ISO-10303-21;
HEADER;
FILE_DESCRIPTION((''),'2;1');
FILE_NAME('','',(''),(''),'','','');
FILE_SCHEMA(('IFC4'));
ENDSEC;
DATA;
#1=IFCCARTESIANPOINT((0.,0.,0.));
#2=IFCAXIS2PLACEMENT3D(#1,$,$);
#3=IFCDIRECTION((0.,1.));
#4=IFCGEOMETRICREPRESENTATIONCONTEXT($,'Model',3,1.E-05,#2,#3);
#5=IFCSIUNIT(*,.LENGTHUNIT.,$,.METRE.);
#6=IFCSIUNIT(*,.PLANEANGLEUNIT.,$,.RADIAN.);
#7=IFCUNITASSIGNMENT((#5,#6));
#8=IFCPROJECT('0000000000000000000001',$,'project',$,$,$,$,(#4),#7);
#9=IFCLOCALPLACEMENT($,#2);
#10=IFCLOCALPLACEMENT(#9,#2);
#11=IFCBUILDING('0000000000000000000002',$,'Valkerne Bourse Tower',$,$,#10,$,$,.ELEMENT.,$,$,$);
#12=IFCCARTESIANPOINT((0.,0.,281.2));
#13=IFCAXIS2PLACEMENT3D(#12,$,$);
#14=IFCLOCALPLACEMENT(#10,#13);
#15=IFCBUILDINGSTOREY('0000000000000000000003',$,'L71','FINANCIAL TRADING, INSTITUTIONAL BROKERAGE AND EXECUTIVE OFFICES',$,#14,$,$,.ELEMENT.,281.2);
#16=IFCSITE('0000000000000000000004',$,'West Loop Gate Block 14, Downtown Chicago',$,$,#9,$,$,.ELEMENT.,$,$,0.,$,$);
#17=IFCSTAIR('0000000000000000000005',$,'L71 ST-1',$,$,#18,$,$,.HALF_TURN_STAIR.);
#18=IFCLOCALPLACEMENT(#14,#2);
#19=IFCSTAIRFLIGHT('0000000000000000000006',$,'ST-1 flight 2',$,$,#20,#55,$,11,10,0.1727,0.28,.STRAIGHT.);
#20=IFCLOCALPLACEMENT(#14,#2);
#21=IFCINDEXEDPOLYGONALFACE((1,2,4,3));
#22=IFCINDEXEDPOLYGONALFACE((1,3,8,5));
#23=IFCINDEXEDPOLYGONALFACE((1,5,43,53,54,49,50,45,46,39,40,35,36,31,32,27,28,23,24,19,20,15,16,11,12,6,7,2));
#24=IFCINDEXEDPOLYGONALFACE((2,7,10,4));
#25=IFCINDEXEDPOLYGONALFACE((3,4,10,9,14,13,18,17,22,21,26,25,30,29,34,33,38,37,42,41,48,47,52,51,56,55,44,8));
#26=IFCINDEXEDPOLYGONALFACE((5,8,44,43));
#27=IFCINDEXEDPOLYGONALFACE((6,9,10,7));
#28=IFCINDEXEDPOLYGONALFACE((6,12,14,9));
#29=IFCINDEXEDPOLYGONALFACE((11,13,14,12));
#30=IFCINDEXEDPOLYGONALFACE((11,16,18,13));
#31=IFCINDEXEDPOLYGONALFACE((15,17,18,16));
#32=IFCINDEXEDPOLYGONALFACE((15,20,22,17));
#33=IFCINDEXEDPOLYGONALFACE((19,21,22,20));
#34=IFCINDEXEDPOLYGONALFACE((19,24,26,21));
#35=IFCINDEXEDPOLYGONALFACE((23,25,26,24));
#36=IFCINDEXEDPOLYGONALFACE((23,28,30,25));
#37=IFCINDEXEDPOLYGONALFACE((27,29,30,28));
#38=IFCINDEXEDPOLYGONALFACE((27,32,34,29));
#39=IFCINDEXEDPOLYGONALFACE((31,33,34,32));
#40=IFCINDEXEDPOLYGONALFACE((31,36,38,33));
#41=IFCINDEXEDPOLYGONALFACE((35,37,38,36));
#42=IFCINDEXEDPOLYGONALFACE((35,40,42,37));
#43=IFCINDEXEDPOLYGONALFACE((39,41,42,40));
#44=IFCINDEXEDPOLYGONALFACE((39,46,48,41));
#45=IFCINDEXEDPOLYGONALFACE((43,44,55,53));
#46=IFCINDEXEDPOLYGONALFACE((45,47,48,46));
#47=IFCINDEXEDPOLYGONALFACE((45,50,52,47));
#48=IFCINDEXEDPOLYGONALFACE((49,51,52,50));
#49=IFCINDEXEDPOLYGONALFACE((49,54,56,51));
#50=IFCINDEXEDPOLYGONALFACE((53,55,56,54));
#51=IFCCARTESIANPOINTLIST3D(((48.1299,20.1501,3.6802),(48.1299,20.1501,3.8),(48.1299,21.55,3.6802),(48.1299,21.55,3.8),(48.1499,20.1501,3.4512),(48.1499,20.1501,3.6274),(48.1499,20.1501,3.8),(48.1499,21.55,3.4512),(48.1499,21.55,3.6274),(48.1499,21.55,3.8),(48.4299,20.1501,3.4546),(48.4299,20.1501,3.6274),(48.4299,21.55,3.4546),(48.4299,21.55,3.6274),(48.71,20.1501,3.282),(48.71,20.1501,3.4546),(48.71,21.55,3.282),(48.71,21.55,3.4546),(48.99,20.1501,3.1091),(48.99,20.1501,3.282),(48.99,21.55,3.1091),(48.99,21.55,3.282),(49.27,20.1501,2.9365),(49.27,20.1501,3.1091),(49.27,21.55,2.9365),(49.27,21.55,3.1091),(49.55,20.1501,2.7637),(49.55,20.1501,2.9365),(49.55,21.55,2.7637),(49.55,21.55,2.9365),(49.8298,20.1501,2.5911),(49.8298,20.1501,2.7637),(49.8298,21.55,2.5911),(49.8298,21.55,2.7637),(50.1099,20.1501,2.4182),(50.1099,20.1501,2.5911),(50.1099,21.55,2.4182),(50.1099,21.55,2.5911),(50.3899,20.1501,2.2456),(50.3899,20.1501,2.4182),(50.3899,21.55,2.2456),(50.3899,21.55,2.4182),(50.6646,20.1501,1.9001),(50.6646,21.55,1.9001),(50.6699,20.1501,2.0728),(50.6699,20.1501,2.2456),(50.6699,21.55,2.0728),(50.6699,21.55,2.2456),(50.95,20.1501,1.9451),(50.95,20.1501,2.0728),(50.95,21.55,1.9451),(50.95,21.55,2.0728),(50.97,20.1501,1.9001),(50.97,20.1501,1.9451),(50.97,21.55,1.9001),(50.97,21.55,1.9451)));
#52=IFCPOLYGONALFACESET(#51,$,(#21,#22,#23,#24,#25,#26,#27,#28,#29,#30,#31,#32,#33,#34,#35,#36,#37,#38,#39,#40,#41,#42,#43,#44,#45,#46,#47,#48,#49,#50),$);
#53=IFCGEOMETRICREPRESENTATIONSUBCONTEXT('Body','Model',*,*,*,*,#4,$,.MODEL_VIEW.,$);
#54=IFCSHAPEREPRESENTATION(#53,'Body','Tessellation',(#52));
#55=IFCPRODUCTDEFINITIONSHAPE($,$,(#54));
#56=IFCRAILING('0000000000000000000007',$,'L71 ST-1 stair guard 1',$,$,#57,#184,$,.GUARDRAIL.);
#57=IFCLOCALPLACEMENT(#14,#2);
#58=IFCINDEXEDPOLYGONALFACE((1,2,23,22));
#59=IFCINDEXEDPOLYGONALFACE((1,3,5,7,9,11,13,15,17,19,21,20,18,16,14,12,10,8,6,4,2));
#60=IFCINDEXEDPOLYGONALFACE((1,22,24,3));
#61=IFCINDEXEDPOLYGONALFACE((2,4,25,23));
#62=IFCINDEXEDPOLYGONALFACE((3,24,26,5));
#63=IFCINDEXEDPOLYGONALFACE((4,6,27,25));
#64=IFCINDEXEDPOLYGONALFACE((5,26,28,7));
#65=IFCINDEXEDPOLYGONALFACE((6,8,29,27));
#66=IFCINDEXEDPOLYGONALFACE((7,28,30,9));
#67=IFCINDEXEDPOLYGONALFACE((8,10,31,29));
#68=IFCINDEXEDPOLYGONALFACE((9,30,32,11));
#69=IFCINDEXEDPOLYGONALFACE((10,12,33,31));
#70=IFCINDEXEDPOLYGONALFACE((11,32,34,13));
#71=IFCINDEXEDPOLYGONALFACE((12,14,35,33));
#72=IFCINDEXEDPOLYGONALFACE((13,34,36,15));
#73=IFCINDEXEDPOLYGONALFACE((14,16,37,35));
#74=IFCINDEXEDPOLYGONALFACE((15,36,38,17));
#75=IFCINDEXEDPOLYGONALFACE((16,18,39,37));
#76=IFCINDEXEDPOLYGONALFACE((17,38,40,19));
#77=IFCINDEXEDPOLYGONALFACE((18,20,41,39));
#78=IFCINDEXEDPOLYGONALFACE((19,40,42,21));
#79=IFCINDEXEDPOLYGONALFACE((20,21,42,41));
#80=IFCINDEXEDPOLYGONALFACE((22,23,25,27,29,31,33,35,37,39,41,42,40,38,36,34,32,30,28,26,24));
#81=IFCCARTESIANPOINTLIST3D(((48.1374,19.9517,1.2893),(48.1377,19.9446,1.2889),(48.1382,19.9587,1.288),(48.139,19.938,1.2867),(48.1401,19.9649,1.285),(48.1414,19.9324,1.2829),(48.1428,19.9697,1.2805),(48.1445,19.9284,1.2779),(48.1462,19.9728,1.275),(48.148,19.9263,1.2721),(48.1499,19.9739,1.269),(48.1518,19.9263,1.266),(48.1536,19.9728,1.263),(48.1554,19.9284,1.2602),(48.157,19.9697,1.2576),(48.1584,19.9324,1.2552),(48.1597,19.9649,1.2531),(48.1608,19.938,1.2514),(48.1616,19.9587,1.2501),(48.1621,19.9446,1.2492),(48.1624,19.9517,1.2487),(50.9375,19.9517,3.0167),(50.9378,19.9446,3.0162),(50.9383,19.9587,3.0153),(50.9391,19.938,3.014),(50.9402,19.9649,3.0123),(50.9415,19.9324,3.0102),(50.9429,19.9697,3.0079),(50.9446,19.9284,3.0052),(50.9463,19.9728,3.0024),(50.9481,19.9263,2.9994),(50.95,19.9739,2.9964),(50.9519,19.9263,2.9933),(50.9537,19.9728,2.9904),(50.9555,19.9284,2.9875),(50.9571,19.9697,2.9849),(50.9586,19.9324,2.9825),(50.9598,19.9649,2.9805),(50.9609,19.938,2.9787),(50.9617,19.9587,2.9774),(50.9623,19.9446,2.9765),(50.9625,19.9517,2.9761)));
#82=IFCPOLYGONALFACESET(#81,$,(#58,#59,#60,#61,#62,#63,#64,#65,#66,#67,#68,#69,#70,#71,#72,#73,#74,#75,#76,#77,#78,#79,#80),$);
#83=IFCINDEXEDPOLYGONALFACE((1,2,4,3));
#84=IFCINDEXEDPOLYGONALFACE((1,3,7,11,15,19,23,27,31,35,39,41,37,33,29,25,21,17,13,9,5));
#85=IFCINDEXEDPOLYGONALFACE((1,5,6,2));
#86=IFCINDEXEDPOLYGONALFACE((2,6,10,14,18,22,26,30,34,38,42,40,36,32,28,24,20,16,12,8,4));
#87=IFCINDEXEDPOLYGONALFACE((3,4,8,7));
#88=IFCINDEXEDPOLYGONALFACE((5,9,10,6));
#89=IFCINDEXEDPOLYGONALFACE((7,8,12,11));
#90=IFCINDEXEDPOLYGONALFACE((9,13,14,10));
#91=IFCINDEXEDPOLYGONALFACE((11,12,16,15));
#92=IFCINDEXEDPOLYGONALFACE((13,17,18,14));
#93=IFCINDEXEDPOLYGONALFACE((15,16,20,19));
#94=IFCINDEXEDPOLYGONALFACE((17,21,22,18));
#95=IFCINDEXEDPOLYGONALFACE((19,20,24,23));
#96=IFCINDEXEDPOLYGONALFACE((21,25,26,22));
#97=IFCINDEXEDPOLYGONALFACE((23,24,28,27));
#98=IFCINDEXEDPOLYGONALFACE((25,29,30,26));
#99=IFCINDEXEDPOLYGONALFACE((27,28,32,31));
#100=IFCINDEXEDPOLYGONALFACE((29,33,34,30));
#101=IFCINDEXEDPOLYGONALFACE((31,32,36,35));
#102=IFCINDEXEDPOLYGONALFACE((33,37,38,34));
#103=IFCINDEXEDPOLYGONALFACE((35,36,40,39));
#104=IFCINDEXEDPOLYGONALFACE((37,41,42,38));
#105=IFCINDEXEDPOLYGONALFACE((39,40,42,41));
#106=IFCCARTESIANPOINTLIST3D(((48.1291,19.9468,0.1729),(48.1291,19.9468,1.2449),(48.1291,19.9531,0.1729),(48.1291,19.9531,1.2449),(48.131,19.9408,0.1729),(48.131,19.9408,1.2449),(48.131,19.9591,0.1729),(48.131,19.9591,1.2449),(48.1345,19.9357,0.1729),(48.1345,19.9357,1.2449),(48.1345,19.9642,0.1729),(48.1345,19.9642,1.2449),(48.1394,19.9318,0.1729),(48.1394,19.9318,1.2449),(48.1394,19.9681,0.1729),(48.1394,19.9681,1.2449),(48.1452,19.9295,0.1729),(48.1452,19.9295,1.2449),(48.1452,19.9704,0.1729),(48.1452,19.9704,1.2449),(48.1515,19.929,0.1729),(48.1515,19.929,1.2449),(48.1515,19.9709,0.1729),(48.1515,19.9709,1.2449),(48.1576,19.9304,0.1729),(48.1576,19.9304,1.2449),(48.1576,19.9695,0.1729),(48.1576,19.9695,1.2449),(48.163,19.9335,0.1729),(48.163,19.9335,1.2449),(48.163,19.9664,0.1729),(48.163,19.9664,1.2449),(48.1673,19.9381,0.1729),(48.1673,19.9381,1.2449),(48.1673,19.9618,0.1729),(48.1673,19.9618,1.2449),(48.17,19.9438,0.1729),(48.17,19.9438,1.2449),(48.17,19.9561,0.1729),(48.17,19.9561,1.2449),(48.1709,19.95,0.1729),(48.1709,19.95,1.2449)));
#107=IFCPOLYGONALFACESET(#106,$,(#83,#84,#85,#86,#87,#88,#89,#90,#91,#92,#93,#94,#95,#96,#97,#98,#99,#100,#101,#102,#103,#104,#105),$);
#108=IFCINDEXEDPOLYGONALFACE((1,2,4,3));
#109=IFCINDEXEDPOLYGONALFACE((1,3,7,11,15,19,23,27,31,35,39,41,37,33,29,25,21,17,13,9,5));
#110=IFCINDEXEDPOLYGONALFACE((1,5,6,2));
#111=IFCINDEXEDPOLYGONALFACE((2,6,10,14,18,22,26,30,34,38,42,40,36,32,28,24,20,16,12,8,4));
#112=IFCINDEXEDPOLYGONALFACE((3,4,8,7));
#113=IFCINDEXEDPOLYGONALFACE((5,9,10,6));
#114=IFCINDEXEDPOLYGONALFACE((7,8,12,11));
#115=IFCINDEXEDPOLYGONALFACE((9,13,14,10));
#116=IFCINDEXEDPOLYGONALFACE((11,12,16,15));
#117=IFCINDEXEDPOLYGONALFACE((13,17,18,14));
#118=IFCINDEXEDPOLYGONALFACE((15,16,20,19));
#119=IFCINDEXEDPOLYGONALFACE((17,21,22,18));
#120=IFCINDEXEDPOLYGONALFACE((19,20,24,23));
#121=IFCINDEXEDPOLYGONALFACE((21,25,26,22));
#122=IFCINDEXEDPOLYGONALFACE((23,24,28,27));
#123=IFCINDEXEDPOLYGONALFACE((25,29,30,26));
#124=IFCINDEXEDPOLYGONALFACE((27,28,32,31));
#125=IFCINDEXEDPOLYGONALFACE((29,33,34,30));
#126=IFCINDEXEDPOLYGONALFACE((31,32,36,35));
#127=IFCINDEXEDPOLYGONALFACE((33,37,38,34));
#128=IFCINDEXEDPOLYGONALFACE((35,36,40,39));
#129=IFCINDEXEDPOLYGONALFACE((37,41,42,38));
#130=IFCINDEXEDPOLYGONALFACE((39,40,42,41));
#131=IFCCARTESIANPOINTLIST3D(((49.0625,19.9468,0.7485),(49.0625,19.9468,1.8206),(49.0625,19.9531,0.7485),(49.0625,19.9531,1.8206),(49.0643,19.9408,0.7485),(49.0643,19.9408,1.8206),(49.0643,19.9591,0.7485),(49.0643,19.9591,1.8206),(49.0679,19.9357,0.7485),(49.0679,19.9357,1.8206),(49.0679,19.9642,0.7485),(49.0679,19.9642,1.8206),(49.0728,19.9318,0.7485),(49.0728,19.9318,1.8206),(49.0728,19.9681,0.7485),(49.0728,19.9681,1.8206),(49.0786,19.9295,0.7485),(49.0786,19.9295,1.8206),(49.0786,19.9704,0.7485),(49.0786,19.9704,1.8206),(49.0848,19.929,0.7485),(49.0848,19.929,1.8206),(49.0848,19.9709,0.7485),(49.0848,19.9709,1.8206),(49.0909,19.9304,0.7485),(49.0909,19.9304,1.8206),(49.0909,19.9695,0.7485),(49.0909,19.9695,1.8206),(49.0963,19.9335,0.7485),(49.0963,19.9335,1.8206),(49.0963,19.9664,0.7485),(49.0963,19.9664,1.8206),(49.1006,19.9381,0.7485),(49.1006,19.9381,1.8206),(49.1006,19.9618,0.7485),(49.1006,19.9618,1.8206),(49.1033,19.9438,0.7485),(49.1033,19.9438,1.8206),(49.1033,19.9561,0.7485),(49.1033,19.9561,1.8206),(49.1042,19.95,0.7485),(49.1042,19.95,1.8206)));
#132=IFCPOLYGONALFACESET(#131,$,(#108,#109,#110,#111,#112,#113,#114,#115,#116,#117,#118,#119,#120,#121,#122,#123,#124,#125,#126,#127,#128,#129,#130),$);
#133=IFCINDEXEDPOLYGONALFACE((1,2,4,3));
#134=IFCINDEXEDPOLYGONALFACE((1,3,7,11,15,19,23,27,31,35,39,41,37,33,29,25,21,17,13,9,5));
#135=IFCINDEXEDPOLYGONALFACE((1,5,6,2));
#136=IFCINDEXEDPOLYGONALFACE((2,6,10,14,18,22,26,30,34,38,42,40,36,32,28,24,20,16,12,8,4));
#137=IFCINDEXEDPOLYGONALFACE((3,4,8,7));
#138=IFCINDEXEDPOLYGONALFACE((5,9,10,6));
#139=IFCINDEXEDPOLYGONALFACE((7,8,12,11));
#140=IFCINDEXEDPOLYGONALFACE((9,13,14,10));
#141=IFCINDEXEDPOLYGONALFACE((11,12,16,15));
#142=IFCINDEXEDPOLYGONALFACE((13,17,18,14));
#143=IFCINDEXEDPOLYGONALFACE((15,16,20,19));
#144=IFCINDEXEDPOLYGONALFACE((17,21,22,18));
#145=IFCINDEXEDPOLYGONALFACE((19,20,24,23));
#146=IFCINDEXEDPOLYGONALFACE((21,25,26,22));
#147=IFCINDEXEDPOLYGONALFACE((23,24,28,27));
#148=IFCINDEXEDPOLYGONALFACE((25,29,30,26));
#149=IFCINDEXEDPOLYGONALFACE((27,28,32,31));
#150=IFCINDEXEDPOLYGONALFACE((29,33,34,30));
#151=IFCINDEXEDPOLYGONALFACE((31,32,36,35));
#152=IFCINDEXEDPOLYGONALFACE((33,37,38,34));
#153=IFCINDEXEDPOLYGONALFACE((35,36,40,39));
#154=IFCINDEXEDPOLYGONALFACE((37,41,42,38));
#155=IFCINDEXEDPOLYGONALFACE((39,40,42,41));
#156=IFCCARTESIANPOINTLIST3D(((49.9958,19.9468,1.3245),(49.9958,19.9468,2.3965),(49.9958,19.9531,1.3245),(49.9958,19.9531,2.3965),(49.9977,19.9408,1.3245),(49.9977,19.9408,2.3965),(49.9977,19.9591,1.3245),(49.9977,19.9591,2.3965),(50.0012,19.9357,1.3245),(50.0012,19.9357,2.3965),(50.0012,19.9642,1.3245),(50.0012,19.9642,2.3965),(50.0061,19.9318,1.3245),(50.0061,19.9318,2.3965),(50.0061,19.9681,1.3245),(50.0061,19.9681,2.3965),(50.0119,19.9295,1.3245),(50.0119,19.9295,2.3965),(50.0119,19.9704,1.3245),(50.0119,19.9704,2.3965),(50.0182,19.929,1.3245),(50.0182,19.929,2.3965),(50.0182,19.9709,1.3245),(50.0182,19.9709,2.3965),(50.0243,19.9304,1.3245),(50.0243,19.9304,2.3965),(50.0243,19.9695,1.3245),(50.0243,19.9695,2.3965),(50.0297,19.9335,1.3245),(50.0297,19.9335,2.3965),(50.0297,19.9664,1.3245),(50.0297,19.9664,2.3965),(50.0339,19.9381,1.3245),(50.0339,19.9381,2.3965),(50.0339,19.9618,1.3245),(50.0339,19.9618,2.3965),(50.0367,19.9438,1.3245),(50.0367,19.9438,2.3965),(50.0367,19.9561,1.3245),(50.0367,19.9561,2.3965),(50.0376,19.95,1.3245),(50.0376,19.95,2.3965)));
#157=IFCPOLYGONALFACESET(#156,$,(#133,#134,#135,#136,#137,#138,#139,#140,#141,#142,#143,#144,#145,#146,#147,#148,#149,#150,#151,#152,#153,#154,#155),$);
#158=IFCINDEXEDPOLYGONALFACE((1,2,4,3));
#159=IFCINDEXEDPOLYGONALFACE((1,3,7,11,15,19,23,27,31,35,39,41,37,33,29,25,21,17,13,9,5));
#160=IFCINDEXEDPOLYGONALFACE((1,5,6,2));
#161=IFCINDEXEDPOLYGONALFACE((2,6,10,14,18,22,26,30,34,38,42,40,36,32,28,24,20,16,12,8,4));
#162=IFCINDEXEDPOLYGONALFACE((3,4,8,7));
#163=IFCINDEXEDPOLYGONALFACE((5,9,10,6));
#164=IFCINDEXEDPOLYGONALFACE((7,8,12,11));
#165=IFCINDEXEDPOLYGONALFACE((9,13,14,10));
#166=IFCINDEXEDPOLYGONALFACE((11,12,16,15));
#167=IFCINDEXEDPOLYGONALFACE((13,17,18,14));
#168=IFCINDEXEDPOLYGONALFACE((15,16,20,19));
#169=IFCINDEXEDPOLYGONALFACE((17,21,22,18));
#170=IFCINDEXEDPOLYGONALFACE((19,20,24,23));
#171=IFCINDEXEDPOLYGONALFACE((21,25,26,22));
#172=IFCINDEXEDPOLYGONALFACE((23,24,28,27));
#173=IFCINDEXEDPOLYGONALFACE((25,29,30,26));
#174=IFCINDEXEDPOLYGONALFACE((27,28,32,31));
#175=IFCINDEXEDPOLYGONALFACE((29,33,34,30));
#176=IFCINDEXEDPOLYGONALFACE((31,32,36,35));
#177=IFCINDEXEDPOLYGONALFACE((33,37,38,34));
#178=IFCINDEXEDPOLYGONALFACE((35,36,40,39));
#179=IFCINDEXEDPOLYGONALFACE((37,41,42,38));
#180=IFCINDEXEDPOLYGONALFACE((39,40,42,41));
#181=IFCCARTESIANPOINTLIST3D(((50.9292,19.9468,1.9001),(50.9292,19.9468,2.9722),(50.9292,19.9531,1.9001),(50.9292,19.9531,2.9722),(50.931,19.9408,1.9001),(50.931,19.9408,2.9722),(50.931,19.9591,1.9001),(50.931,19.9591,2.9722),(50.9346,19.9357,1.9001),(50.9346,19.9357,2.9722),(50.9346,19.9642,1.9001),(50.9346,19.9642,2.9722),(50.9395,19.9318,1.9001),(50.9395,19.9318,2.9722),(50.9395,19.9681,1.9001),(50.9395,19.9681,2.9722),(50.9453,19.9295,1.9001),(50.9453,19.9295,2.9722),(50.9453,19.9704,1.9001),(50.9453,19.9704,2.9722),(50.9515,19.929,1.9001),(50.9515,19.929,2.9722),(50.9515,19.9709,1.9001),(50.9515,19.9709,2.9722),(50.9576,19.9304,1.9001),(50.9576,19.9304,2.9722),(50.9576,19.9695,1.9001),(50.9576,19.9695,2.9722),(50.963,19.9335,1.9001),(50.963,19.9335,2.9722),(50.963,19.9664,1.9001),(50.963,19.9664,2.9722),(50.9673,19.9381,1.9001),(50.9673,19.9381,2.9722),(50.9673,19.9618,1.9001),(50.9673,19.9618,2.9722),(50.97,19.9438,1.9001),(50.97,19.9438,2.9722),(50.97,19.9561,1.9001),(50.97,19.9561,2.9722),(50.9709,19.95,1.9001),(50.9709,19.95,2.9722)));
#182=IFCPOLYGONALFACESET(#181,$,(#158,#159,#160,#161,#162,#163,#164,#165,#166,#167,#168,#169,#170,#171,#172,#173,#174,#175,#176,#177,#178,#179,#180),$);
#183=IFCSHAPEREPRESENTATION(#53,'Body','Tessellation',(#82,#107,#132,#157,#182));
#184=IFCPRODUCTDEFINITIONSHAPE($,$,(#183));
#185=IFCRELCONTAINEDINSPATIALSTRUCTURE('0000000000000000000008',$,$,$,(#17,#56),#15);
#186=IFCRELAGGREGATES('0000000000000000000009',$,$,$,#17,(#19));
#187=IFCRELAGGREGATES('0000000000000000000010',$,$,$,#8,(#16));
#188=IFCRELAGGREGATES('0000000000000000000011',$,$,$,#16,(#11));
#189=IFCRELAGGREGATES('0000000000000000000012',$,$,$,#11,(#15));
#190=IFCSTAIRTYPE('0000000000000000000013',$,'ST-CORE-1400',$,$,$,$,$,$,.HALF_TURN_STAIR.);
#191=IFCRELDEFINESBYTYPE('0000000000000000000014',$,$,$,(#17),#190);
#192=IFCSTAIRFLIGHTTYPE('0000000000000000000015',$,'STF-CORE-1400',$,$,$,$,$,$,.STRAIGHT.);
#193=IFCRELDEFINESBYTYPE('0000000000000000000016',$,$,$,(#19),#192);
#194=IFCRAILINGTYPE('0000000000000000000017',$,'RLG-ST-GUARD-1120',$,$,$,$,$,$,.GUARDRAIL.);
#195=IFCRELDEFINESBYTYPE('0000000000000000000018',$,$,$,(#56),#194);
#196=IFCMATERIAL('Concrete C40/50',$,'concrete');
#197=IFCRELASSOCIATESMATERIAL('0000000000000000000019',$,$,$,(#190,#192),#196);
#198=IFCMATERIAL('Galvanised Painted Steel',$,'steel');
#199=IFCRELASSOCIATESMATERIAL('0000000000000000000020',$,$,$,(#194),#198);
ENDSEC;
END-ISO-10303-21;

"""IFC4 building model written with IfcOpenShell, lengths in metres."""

from ifc_helpers import new_model, si_unit, direction, frame, origin, origin_2d, place, context, subcontext, project, spatial, polyline, circle, outline, extrude, material, type_object, element, aggregate, save


model = new_model("IFC4")

# Units and contexts
model_context = context("Model", 3, precision=1e-05, world=origin(), true_north=direction((0.0, 1.0)))
body_context = subcontext(model_context, "Body", "Model", "MODEL_VIEW")
ifc_project = project(units=[si_unit("LENGTHUNIT", "METRE"), si_unit("PLANEANGLEUNIT", "RADIAN")], contexts=[model_context])

# Site, building, storey
site_placement = place(None, origin())
site = spatial("IfcSite", under=ifc_project, at=site_placement, Name="West Loop Gate Block 14, Downtown Chicago", CompositionType="ELEMENT", RefElevation=0.0)
building_placement = place(site_placement, origin())
building = spatial("IfcBuilding", under=site, at=building_placement, Name="Valkerne Bourse Tower", CompositionType="ELEMENT")
storey_placement = place(building_placement, frame((0.0, 0.0, 281.2)))
storey = spatial("IfcBuildingStorey", under=building, at=storey_placement, Name="L71", Description="FINANCIAL TRADING, INSTITUTIONAL BROKERAGE AND EXECUTIVE OFFICES", CompositionType="ELEMENT", Elevation=281.2)

# Shared definitions
ifc_material_1 = material(Name="Galvanised Painted Steel", Category="steel")

# Shared definitions
ifc_material_2 = material(Name="Concrete C40/50", Category="concrete")

# Stair, stair flight
stair_type = type_object("IfcStairType", Name="ST-CORE-1400", PredefinedType="HALF_TURN_STAIR", material=ifc_material_2)
stair_placement = place(storey_placement, origin())
stair = element("IfcStair", 1, at=stair_placement, inside=storey, type_object=stair_type, Name="L71 ST-1", PredefinedType="HALF_TURN_STAIR")
stair_flight_type = type_object("IfcStairFlightType", Name="STF-CORE-1400", PredefinedType="STRAIGHT", material=ifc_material_2)
stair_flight_1_placement = place(storey_placement, frame((50.95, 20.8501, 1.9001), z_axis=(0.0, 0.0, 1.0), x_axis=(-1.0, 0.0, 0.0)))
stair_flight_1 = element("IfcStairFlight", 2, at=stair_flight_1_placement, type_object=stair_flight_type, Name="ST-1 flight 2", NumberOfRisers=11, NumberOfTreads=10, PredefinedType="STRAIGHT", RiserHeight=0.1727, TreadLength=0.28, context=body_context, shape_type="SweptSolid", body=[
    extrude(outline(polyline([(-0.02, 0.0), (-0.02, 0.0449), (0.0, 0.0449), (0.0, 0.1726), (0.28, 0.1726), (0.28, 0.3455), (0.5601, 0.3455), (0.5601, 0.5181), (0.8401, 0.5181), (0.8401, 0.6909), (1.1201, 0.6909), (1.1201, 0.8635), (1.3999, 0.8635), (1.3999, 1.0364), (1.6799, 1.0364), (1.6799, 1.209), (1.96, 1.209), (1.96, 1.3818), (2.24, 1.3818), (2.24, 1.5544), (2.52, 1.5544), (2.52, 1.7273), (2.8, 1.7273), (2.8, 1.8999), (2.8201, 1.8999), (2.8201, 1.78), (2.8, 1.551), (0.2854, 0.0), (-0.02, 0.0)])), frame((0.0, 0.7, 0.0), z_axis=(0.0, -1.0, 0.0), x_axis=(1.0, 0.0, 0.0)), (0.0, 0.0, 1.0), 1.3999),
])
aggregate(stair, [stair_flight_1])

# Railing
railing_type_1 = type_object("IfcRailingType", Name="RLG-ST-GUARD-1120", PredefinedType="GUARDRAIL", material=ifc_material_1)
railing_1_placement = place(storey_placement, frame((48.1499, 19.95, 0.1729)))
element("IfcRailing", 3, at=railing_1_placement, inside=storey, type_object=railing_type_1, Name="L71 ST-1 stair guard 1", PredefinedType="GUARDRAIL", context=body_context, shape_type="SweptSolid", body=[
    extrude(circle(Radius=0.0239, at=origin_2d()), frame((0.0, 0.0, 1.0962), z_axis=(0.85109, 0.0, 0.52502), x_axis=(0.0, 1.0, 0.0)), (0.0, 0.0, 1.0), 3.29),
    extrude(circle(Radius=0.021, at=origin_2d()), origin(), (0.0, 0.0, 1.0), 1.072),
    extrude(circle(Radius=0.021, at=origin_2d()), frame((0.9333, 0.0, 0.5757)), (0.0, 0.0, 1.0), 1.072),
    extrude(circle(Radius=0.021, at=origin_2d()), frame((1.8667, 0.0, 1.1516)), (0.0, 0.0, 1.0), 1.072),
    extrude(circle(Radius=0.021, at=origin_2d()), frame((2.8, 0.0, 1.7273)), (0.0, 0.0, 1.0), 1.072),
])

save(model, "model.ifc")
